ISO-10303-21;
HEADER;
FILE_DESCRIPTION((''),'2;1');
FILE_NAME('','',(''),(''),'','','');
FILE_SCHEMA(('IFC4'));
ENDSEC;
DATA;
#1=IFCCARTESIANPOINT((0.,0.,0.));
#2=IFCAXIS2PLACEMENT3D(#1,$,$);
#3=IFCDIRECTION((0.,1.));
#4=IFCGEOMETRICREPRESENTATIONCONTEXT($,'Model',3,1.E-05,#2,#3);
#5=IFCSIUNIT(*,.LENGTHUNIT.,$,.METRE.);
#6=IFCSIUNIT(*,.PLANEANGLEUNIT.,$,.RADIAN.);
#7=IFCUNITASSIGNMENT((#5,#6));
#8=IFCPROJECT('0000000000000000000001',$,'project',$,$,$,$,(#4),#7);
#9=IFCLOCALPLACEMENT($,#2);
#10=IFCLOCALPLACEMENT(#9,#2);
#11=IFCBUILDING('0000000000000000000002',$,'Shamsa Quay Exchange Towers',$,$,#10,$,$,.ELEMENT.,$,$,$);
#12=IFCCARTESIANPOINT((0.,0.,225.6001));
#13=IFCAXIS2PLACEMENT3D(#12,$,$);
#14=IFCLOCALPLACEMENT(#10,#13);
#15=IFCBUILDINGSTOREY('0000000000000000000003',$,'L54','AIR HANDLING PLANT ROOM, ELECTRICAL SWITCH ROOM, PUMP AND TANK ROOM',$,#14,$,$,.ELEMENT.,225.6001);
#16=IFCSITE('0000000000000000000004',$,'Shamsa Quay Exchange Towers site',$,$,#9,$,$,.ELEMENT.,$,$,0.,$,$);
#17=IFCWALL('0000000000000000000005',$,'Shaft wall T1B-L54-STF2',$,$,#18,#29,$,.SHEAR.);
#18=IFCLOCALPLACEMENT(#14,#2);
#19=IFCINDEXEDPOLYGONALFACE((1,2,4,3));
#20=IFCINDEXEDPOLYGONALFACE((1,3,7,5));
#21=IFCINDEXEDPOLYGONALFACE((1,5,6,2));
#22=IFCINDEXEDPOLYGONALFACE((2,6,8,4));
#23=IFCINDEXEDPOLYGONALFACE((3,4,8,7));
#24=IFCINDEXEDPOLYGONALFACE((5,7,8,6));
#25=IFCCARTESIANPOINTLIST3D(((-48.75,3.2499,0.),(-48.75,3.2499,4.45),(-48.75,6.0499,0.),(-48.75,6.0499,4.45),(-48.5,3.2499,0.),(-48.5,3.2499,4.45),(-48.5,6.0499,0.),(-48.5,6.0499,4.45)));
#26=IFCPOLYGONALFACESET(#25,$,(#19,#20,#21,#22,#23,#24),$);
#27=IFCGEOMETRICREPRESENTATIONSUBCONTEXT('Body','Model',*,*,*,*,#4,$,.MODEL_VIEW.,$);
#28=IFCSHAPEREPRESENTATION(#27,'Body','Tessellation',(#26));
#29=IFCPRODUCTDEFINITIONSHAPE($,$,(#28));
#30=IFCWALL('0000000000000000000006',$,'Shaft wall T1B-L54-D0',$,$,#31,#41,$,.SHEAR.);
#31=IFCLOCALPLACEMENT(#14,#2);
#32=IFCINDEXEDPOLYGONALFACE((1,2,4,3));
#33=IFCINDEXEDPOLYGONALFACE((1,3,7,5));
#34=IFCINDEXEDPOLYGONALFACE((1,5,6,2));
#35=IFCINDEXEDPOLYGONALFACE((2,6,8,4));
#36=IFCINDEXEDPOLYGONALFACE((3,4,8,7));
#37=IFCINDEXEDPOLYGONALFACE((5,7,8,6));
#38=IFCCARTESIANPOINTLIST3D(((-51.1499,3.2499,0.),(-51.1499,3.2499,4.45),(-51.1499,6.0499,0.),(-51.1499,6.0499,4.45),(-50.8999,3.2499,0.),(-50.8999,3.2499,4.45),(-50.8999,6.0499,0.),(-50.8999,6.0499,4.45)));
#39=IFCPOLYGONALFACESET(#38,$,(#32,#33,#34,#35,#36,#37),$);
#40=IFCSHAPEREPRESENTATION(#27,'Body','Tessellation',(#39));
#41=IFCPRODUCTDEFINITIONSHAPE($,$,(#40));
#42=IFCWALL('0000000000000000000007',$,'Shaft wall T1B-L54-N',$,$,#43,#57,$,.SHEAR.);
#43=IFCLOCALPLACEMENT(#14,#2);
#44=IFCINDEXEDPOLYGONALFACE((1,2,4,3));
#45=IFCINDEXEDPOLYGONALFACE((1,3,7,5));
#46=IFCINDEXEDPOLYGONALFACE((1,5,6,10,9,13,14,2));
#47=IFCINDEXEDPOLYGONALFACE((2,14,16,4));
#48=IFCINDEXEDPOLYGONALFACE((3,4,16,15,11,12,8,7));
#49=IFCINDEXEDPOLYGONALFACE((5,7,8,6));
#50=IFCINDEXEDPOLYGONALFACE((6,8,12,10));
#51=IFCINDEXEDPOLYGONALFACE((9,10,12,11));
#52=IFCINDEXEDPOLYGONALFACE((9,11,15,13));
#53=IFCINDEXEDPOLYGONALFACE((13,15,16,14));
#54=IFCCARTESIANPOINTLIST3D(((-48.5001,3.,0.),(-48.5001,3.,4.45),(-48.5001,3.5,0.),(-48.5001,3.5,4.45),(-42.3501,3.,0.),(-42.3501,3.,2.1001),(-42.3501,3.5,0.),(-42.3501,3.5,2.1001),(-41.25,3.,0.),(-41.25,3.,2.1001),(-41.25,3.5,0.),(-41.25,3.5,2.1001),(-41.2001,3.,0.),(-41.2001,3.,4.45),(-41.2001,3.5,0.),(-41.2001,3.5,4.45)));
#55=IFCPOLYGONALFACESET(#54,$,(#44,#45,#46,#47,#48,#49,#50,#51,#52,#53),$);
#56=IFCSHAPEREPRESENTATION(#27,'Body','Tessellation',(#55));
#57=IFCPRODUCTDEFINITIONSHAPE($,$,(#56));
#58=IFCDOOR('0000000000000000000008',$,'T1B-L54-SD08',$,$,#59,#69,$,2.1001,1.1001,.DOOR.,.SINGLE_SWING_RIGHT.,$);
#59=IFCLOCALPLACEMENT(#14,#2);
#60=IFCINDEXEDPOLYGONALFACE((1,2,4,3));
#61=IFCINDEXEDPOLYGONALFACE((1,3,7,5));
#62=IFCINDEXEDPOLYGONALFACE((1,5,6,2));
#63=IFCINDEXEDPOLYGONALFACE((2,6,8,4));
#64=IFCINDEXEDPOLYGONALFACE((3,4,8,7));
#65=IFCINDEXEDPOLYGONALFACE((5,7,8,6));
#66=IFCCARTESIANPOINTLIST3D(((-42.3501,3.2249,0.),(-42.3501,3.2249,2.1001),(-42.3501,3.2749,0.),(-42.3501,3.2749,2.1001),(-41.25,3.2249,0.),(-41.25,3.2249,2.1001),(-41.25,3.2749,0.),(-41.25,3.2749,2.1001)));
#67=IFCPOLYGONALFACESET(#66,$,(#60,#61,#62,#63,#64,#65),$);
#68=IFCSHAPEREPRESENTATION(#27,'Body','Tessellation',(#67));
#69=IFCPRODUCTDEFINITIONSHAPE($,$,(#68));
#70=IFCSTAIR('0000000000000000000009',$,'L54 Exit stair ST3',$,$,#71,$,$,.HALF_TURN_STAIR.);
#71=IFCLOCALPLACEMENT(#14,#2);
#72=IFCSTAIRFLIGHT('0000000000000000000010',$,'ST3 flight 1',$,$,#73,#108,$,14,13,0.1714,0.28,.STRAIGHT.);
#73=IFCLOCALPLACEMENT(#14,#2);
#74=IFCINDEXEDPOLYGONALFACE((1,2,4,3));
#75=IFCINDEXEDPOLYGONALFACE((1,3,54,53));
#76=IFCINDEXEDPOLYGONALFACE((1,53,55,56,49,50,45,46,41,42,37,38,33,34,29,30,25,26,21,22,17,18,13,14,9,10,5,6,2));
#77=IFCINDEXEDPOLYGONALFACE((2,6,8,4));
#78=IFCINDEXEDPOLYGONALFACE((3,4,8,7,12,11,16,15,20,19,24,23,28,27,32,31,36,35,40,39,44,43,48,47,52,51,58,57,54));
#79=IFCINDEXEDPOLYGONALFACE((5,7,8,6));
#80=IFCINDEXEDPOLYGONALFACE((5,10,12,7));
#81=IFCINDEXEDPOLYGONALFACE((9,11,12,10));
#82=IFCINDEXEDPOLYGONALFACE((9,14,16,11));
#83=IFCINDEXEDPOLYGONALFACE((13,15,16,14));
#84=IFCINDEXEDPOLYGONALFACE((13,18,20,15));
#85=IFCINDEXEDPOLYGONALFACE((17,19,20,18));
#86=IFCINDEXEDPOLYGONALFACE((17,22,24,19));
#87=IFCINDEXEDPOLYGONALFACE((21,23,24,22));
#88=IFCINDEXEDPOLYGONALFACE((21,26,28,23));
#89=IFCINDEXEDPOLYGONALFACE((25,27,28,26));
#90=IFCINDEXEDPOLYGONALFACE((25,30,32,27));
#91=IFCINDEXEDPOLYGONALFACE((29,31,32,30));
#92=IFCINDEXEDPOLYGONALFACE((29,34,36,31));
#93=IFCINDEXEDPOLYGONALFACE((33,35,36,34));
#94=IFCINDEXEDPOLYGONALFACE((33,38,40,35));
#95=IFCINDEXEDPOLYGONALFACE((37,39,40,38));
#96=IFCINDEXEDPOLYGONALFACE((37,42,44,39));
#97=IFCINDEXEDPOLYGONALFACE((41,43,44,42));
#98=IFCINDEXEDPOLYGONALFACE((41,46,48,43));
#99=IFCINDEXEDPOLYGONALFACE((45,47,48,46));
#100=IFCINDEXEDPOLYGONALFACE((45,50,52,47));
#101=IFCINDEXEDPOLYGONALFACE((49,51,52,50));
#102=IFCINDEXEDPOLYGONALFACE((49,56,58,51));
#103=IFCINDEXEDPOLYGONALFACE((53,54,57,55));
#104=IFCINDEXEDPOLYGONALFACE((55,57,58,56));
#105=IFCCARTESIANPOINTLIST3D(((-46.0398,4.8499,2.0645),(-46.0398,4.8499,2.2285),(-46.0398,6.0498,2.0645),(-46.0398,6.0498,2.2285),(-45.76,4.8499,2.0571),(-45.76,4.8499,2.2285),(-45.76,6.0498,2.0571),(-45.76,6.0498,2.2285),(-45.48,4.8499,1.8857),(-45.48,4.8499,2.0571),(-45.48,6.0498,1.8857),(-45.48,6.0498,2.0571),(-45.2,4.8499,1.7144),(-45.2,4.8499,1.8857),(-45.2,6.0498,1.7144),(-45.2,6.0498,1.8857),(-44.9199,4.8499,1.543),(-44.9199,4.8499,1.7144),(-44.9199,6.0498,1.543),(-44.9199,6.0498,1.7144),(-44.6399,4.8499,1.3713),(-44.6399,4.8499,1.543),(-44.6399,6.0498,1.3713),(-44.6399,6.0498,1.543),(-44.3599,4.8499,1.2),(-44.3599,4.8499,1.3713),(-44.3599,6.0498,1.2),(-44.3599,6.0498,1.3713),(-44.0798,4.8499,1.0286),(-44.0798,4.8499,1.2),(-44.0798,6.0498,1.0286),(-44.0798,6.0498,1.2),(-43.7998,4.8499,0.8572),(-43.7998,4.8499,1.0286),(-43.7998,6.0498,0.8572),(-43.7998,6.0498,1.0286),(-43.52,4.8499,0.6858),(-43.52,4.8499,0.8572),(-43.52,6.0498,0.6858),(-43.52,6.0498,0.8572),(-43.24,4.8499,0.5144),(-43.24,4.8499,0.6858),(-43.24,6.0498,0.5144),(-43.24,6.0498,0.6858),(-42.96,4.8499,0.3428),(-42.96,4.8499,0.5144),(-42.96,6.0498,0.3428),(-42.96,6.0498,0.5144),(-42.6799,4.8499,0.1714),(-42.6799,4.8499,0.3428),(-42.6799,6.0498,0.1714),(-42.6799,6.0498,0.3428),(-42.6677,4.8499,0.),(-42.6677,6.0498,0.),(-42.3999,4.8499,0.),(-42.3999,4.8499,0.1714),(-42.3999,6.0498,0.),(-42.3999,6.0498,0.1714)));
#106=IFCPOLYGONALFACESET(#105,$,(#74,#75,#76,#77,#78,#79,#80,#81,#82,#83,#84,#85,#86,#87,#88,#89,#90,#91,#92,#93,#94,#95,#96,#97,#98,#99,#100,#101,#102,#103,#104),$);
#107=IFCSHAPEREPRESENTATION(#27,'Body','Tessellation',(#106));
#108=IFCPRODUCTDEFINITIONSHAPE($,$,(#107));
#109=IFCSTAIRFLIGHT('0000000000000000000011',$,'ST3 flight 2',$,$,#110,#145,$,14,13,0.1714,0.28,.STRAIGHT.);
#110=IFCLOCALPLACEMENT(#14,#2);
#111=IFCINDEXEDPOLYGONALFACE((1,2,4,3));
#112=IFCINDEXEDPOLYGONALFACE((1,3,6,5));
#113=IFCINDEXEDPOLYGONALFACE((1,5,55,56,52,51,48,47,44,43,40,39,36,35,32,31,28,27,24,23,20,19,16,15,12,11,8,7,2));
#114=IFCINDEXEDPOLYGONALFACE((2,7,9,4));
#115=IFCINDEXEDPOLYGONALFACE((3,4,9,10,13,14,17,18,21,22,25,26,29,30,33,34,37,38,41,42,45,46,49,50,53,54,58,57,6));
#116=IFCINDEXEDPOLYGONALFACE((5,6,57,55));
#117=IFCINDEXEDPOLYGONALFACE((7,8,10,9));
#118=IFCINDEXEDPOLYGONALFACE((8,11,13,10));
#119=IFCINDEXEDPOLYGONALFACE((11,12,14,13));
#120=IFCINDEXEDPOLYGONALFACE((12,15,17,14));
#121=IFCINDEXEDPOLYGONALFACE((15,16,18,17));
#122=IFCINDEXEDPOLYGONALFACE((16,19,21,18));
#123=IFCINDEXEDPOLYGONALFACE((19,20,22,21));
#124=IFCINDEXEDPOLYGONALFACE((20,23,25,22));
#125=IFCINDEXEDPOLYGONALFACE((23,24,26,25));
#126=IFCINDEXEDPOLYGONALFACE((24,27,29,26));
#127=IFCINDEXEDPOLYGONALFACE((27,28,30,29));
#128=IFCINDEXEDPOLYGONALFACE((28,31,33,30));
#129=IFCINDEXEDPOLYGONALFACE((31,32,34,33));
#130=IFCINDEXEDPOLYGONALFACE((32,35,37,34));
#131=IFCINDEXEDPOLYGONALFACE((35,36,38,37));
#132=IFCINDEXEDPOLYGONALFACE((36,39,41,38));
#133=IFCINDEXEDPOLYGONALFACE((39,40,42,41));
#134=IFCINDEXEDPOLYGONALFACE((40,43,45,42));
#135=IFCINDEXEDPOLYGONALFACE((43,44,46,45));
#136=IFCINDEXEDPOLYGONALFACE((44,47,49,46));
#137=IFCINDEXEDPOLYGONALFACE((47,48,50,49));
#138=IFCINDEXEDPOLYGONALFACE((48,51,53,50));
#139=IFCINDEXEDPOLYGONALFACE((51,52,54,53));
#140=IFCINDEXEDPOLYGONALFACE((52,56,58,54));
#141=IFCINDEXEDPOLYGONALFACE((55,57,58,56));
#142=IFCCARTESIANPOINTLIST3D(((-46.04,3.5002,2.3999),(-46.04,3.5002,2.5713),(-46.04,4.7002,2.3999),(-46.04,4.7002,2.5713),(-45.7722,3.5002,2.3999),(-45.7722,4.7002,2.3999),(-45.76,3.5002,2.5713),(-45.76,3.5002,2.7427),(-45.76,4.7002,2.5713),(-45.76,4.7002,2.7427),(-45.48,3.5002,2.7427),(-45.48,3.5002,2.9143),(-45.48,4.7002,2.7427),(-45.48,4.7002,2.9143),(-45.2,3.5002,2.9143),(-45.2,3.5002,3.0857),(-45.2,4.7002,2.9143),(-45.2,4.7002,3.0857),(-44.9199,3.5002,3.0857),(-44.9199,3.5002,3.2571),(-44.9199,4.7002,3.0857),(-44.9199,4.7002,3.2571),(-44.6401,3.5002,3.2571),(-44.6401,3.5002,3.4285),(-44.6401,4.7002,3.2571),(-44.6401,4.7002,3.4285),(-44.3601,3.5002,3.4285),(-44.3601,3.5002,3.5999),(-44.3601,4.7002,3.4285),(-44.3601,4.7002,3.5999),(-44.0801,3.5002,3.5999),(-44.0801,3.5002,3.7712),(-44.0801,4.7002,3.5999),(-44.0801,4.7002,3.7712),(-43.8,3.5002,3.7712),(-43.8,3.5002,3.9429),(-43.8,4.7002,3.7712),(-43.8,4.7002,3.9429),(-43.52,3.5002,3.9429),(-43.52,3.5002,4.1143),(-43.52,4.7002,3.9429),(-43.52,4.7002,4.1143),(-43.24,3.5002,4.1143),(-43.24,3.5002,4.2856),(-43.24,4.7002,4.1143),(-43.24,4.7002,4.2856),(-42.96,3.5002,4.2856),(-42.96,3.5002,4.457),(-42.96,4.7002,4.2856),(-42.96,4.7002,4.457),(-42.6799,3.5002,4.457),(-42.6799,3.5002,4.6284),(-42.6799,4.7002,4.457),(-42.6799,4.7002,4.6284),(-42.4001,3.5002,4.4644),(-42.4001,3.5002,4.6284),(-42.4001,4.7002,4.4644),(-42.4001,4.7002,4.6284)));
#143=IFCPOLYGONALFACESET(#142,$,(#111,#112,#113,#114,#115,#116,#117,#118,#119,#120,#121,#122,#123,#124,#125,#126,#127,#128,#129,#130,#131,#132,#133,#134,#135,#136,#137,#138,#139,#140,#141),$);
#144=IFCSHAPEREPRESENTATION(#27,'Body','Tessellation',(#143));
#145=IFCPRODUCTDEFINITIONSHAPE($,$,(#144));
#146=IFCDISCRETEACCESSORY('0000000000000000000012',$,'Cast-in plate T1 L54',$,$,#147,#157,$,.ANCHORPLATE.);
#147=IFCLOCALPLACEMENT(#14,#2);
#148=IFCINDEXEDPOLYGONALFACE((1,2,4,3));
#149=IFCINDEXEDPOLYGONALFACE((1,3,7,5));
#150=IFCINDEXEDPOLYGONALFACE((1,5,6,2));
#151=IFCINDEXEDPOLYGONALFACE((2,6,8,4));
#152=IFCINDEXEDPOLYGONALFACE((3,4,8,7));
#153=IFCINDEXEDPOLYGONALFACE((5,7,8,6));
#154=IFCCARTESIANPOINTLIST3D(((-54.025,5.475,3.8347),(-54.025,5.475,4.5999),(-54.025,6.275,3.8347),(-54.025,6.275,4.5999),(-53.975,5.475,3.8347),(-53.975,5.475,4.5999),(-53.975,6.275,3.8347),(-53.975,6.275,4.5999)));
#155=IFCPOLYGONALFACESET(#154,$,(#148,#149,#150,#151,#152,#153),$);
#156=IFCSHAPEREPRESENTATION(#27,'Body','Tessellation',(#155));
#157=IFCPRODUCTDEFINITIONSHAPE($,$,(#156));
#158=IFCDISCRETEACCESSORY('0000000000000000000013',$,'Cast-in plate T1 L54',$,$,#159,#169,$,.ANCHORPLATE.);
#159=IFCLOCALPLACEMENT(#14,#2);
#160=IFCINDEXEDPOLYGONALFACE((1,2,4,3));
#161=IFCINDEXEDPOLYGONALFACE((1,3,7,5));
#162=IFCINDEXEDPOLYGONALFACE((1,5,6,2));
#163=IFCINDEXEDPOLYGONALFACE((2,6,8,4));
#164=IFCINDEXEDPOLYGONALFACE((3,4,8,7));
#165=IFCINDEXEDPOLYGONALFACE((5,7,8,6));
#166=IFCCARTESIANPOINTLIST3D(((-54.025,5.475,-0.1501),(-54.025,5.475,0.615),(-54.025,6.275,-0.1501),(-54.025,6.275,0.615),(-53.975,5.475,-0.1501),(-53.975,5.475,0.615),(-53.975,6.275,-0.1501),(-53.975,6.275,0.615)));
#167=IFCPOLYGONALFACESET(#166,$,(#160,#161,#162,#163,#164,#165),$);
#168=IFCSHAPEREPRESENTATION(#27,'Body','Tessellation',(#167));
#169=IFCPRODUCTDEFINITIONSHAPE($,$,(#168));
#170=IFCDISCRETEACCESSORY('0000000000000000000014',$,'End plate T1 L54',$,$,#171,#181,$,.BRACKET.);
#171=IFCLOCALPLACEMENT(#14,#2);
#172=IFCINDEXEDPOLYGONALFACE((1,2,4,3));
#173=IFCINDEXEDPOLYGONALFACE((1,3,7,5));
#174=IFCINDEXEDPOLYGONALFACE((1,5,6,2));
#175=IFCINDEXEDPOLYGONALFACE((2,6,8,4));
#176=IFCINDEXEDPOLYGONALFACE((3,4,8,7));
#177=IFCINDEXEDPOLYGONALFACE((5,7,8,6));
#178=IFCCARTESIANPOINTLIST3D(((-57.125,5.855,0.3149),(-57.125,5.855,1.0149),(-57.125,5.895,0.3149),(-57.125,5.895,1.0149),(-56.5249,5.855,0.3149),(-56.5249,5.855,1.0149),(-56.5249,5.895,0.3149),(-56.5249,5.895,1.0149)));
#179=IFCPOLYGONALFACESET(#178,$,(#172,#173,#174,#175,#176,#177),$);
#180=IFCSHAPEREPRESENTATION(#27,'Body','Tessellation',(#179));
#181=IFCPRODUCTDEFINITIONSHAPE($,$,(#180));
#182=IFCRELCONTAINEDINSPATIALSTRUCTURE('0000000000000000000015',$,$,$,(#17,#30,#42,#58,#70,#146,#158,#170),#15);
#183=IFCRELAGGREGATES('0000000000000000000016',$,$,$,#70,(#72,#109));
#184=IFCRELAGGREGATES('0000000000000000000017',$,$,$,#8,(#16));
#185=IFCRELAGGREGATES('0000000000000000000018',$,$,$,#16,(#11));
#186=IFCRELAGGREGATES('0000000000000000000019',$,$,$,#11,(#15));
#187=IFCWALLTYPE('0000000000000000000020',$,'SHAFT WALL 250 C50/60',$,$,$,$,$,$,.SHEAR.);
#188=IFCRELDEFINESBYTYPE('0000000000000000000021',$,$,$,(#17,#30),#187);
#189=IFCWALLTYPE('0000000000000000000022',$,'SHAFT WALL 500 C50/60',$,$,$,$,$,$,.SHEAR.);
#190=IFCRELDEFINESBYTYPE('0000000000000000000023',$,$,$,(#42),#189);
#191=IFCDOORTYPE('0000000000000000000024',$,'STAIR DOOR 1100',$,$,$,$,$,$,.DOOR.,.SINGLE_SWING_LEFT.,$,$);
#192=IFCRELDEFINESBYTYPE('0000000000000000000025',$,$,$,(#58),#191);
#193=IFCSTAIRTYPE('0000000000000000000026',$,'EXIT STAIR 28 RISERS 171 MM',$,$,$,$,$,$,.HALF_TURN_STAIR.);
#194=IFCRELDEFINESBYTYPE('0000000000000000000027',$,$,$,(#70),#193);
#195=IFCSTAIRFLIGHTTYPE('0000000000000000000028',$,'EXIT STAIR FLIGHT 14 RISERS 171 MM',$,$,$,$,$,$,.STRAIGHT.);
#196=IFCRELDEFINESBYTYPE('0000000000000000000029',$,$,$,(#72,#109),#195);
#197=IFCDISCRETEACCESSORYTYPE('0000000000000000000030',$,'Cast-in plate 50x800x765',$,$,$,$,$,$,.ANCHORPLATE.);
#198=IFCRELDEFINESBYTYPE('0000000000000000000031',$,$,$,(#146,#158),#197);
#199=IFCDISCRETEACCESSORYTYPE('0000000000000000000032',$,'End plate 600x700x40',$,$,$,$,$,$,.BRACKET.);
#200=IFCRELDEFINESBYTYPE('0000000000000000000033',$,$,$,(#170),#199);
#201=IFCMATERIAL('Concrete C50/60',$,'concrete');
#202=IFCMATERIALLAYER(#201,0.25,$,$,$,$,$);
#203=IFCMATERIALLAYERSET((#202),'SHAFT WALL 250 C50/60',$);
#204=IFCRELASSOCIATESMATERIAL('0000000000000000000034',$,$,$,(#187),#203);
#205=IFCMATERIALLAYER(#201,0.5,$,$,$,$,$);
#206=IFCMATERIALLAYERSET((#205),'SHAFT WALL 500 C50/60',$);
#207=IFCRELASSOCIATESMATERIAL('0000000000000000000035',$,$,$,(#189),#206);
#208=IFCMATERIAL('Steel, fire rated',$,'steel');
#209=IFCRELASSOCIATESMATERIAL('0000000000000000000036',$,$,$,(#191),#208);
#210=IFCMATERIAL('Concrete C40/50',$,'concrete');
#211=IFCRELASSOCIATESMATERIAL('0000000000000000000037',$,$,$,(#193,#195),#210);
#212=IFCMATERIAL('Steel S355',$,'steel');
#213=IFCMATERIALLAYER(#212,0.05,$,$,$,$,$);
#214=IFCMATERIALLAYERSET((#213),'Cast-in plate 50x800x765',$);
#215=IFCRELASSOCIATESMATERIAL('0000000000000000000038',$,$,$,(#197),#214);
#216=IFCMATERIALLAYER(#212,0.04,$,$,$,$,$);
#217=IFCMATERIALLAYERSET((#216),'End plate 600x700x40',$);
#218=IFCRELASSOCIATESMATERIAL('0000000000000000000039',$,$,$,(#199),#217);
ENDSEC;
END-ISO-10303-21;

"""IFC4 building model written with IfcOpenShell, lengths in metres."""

from ifc_helpers import new_model, si_unit, direction, frame, frame_2d, origin, origin_2d, place, context, subcontext, project, spatial, polyline, rectangle, outline, extrude, material, layer, layer_set, type_object, element, fill, aggregate, save


model = new_model("IFC4")

# Units and contexts
model_context = context("Model", 3, precision=1e-05, world=origin(), true_north=direction((0.0, 1.0)))
body_context = subcontext(model_context, "Body", "Model", "MODEL_VIEW")
ifc_project = project(units=[si_unit("LENGTHUNIT", "METRE"), si_unit("PLANEANGLEUNIT", "RADIAN")], contexts=[model_context])

# Site, building, storey
site_placement = place(None, origin())
site = spatial("IfcSite", under=ifc_project, at=site_placement, Name="Shamsa Quay Exchange Towers site", CompositionType="ELEMENT", RefElevation=0.0)
building_placement = place(site_placement, origin())
building = spatial("IfcBuilding", under=site, at=building_placement, Name="Shamsa Quay Exchange Towers", CompositionType="ELEMENT")
storey_placement = place(building_placement, frame((0.0, 0.0, 225.6001)))
storey = spatial("IfcBuildingStorey", under=building, at=storey_placement, Name="L54", Description="AIR HANDLING PLANT ROOM, ELECTRICAL SWITCH ROOM, PUMP AND TANK ROOM", CompositionType="ELEMENT", Elevation=225.6001)

# Shared definitions
ifc_material_1 = material(Name="Steel S355", Category="steel")

# Shared definitions
ifc_material_2 = material(Name="Concrete C50/60", Category="concrete")
ifc_layer_1 = layer(ifc_material_2, 0.25)
ifc_layer_set_1 = layer_set([ifc_layer_1], Name="SHAFT WALL 250 C50/60")
wall_type_1 = type_object("IfcWallType", Name="SHAFT WALL 250 C50/60", PredefinedType="SHEAR", material=ifc_layer_set_1)
ifc_material_3 = material(Name="Steel, fire rated", Category="steel")

# Walls
for number, where, z_axis, x_axis, name in (
    (1, (-48.625, 3.25, 0.0), (0.0, 0.0, 1.0), (0.0, 1.0, 0.0), "Shaft wall T1B-L54-STF2"),
    (2, (-51.0249, 3.25, 0.0), (0.0, 0.0, 1.0), (0.0, 1.0, 0.0), "Shaft wall T1B-L54-D0"),
):
    element("IfcWall", number, at=place(storey_placement, frame(where, z_axis=z_axis, x_axis=x_axis)), inside=storey, type_object=wall_type_1, Name=name, PredefinedType="SHEAR", context=body_context, shape_type="SweptSolid", body=[
        extrude(rectangle(XDim=2.8, YDim=0.25, at=frame_2d((1.3999, 0.0))), origin(), (0.0, 0.0, 1.0), 4.45),
    ])

# Wall, opening, door
ifc_layer_2 = layer(ifc_material_2, 0.5)
ifc_layer_set_2 = layer_set([ifc_layer_2], Name="SHAFT WALL 500 C50/60")
wall_type_2 = type_object("IfcWallType", Name="SHAFT WALL 500 C50/60", PredefinedType="SHEAR", material=ifc_layer_set_2)
wall_1_placement = place(storey_placement, frame((-48.5, 3.25, 0.0)))
wall_1 = element("IfcWall", 3, at=wall_1_placement, inside=storey, type_object=wall_type_2, Name="Shaft wall T1B-L54-N", PredefinedType="SHEAR", context=body_context, shape_type="SweptSolid", body=[
    extrude(rectangle(XDim=7.3, YDim=0.5, at=frame_2d((3.6499, 0.0))), origin(), (0.0, 0.0, 1.0), 4.45),
])
opening_1_placement = place(wall_1_placement, frame((6.1499, 0.0, 0.0)))
opening_1 = element("IfcOpeningElement", 4, at=opening_1_placement, cuts=wall_1, PredefinedType="OPENING", context=body_context, shape_type="SweptSolid", body=[
    extrude(rectangle(XDim=1.1001, YDim=2.1001, at=frame_2d((0.55, 1.05))), frame((0.0, 0.26, 0.0), z_axis=(0.0, -1.0, 0.0), x_axis=(1.0, 0.0, 0.0)), (0.0, 0.0, 1.0), 0.52),
])
door_type_1 = type_object("IfcDoorType", Name="STAIR DOOR 1100", OperationType="SINGLE_SWING_LEFT", PredefinedType="DOOR", material=ifc_material_3)
door_1_placement = place(opening_1_placement, origin())
door_1 = element("IfcDoor", 5, at=door_1_placement, inside=storey, type_object=door_type_1, Name="T1B-L54-SD08", OperationType="SINGLE_SWING_RIGHT", OverallHeight=2.1001, OverallWidth=1.1001, PredefinedType="DOOR", context=body_context, shape_type="SweptSolid", body=[
    extrude(rectangle(XDim=1.1001, YDim=2.1001, at=frame_2d((0.55, 1.05))), frame((0.0, 0.0249, 0.0), z_axis=(0.0, -1.0, 0.0), x_axis=(1.0, 0.0, 0.0)), (0.0, 0.0, 1.0), 0.05),
])
fill(opening_1, door_1)

# Stair, stair flights
ifc_material_4 = material(Name="Concrete C40/50", Category="concrete")
stair_type = type_object("IfcStairType", Name="EXIT STAIR 28 RISERS 171 MM", PredefinedType="HALF_TURN_STAIR", material=ifc_material_4)
stair_placement = place(storey_placement, origin())
stair = element("IfcStair", 6, at=stair_placement, inside=storey, type_object=stair_type, Name="L54 Exit stair ST3", PredefinedType="HALF_TURN_STAIR")
stair_flight_type = type_object("IfcStairFlightType", Name="EXIT STAIR FLIGHT 14 RISERS 171 MM", PredefinedType="STRAIGHT", material=ifc_material_4)
stair_flight_1_placement = place(storey_placement, frame((-42.3999, 5.45, 0.0), z_axis=(0.0, 0.0, 1.0), x_axis=(-1.0, 0.0, 0.0)))
stair_flight_1 = element("IfcStairFlight", 7, at=stair_flight_1_placement, type_object=stair_flight_type, Name="ST3 flight 1", NumberOfRisers=14, NumberOfTreads=13, PredefinedType="STRAIGHT", RiserHeight=0.1714, TreadLength=0.28, context=body_context, shape_type="SweptSolid", body=[
    extrude(outline(polyline([(0.0, 0.0), (0.0, 0.1714), (0.28, 0.1714), (0.28, 0.3428), (0.5601, 0.3428), (0.5601, 0.5144), (0.8401, 0.5144), (0.8401, 0.6858), (1.1201, 0.6858), (1.1201, 0.8572), (1.3999, 0.8572), (1.3999, 1.0286), (1.6799, 1.0286), (1.6799, 1.2), (1.96, 1.2), (1.96, 1.3713), (2.24, 1.3713), (2.24, 1.543), (2.52, 1.543), (2.52, 1.7144), (2.8, 1.7144), (2.8, 1.8857), (3.0801, 1.8857), (3.0801, 2.0571), (3.3601, 2.0571), (3.3601, 2.2285), (3.6399, 2.2285), (3.6399, 2.3999), (3.6399, 2.0645), (0.2678, 0.0), (0.0, 0.0)])), frame((0.0, 0.6001, 0.0), z_axis=(0.0, -1.0, 0.0), x_axis=(1.0, 0.0, 0.0)), (0.0, 0.0, 1.0), 1.2),
])
stair_flight_2_placement = place(storey_placement, frame((-46.04, 4.1001, 2.3999)))
stair_flight_2 = element("IfcStairFlight", 8, at=stair_flight_2_placement, type_object=stair_flight_type, Name="ST3 flight 2", NumberOfRisers=14, NumberOfTreads=13, PredefinedType="STRAIGHT", RiserHeight=0.1714, TreadLength=0.28, context=body_context, shape_type="SweptSolid", body=[
    extrude(outline(polyline([(0.0, 0.0), (0.0, 0.1714), (0.28, 0.1714), (0.28, 0.3428), (0.5601, 0.3428), (0.5601, 0.5144), (0.8401, 0.5144), (0.8401, 0.6858), (1.1201, 0.6858), (1.1201, 0.8572), (1.3999, 0.8572), (1.3999, 1.0286), (1.6799, 1.0286), (1.6799, 1.2), (1.96, 1.2), (1.96, 1.3713), (2.24, 1.3713), (2.24, 1.543), (2.52, 1.543), (2.52, 1.7144), (2.8, 1.7144), (2.8, 1.8857), (3.0801, 1.8857), (3.0801, 2.0571), (3.3601, 2.0571), (3.3601, 2.2285), (3.6399, 2.2285), (3.6399, 2.3999), (3.6399, 2.0645), (0.2678, 0.0), (0.0, 0.0)])), frame((0.0, 0.6001, 0.0), z_axis=(0.0, -1.0, 0.0), x_axis=(1.0, 0.0, 0.0)), (0.0, 0.0, 1.0), 1.2),
])
aggregate(stair, [stair_flight_1, stair_flight_2])

# Discrete accessories
ifc_layer_3 = layer(ifc_material_1, 0.05)
ifc_layer_set_3 = layer_set([ifc_layer_3], Name="Cast-in plate 50x800x765")
discrete_accessory_type_1 = type_object("IfcDiscreteAccessoryType", Name="Cast-in plate 50x800x765", PredefinedType="ANCHORPLATE", material=ifc_layer_set_3)
for number, where, name in (
    (9, (-54.0, 5.875, 3.8347), "Cast-in plate T1 L54"),
    (10, (-54.0, 5.875, -0.1501), "Cast-in plate T1 L54"),
):
    element("IfcDiscreteAccessory", number, at=place(storey_placement, frame(where)), inside=storey, type_object=discrete_accessory_type_1, Name=name, PredefinedType="ANCHORPLATE", context=body_context, shape_type="SweptSolid", body=[
        extrude(rectangle(XDim=0.05, YDim=0.8, at=origin_2d()), origin(), (0.0, 0.0, 1.0), 0.7651),
    ])
ifc_layer_4 = layer(ifc_material_1, 0.04)
ifc_layer_set_4 = layer_set([ifc_layer_4], Name="End plate 600x700x40")
discrete_accessory_type_2 = type_object("IfcDiscreteAccessoryType", Name="End plate 600x700x40", PredefinedType="BRACKET", material=ifc_layer_set_4)
for number, where, name in (
    (11, (-56.825, 5.875, 0.3149), "End plate T1 L54"),
):
    element("IfcDiscreteAccessory", number, at=place(storey_placement, frame(where)), inside=storey, type_object=discrete_accessory_type_2, Name=name, PredefinedType="BRACKET", context=body_context, shape_type="SweptSolid", body=[
        extrude(rectangle(XDim=0.6001, YDim=0.04, at=origin_2d()), origin(), (0.0, 0.0, 1.0), 0.7),
    ])

save(model, "model.ifc")
